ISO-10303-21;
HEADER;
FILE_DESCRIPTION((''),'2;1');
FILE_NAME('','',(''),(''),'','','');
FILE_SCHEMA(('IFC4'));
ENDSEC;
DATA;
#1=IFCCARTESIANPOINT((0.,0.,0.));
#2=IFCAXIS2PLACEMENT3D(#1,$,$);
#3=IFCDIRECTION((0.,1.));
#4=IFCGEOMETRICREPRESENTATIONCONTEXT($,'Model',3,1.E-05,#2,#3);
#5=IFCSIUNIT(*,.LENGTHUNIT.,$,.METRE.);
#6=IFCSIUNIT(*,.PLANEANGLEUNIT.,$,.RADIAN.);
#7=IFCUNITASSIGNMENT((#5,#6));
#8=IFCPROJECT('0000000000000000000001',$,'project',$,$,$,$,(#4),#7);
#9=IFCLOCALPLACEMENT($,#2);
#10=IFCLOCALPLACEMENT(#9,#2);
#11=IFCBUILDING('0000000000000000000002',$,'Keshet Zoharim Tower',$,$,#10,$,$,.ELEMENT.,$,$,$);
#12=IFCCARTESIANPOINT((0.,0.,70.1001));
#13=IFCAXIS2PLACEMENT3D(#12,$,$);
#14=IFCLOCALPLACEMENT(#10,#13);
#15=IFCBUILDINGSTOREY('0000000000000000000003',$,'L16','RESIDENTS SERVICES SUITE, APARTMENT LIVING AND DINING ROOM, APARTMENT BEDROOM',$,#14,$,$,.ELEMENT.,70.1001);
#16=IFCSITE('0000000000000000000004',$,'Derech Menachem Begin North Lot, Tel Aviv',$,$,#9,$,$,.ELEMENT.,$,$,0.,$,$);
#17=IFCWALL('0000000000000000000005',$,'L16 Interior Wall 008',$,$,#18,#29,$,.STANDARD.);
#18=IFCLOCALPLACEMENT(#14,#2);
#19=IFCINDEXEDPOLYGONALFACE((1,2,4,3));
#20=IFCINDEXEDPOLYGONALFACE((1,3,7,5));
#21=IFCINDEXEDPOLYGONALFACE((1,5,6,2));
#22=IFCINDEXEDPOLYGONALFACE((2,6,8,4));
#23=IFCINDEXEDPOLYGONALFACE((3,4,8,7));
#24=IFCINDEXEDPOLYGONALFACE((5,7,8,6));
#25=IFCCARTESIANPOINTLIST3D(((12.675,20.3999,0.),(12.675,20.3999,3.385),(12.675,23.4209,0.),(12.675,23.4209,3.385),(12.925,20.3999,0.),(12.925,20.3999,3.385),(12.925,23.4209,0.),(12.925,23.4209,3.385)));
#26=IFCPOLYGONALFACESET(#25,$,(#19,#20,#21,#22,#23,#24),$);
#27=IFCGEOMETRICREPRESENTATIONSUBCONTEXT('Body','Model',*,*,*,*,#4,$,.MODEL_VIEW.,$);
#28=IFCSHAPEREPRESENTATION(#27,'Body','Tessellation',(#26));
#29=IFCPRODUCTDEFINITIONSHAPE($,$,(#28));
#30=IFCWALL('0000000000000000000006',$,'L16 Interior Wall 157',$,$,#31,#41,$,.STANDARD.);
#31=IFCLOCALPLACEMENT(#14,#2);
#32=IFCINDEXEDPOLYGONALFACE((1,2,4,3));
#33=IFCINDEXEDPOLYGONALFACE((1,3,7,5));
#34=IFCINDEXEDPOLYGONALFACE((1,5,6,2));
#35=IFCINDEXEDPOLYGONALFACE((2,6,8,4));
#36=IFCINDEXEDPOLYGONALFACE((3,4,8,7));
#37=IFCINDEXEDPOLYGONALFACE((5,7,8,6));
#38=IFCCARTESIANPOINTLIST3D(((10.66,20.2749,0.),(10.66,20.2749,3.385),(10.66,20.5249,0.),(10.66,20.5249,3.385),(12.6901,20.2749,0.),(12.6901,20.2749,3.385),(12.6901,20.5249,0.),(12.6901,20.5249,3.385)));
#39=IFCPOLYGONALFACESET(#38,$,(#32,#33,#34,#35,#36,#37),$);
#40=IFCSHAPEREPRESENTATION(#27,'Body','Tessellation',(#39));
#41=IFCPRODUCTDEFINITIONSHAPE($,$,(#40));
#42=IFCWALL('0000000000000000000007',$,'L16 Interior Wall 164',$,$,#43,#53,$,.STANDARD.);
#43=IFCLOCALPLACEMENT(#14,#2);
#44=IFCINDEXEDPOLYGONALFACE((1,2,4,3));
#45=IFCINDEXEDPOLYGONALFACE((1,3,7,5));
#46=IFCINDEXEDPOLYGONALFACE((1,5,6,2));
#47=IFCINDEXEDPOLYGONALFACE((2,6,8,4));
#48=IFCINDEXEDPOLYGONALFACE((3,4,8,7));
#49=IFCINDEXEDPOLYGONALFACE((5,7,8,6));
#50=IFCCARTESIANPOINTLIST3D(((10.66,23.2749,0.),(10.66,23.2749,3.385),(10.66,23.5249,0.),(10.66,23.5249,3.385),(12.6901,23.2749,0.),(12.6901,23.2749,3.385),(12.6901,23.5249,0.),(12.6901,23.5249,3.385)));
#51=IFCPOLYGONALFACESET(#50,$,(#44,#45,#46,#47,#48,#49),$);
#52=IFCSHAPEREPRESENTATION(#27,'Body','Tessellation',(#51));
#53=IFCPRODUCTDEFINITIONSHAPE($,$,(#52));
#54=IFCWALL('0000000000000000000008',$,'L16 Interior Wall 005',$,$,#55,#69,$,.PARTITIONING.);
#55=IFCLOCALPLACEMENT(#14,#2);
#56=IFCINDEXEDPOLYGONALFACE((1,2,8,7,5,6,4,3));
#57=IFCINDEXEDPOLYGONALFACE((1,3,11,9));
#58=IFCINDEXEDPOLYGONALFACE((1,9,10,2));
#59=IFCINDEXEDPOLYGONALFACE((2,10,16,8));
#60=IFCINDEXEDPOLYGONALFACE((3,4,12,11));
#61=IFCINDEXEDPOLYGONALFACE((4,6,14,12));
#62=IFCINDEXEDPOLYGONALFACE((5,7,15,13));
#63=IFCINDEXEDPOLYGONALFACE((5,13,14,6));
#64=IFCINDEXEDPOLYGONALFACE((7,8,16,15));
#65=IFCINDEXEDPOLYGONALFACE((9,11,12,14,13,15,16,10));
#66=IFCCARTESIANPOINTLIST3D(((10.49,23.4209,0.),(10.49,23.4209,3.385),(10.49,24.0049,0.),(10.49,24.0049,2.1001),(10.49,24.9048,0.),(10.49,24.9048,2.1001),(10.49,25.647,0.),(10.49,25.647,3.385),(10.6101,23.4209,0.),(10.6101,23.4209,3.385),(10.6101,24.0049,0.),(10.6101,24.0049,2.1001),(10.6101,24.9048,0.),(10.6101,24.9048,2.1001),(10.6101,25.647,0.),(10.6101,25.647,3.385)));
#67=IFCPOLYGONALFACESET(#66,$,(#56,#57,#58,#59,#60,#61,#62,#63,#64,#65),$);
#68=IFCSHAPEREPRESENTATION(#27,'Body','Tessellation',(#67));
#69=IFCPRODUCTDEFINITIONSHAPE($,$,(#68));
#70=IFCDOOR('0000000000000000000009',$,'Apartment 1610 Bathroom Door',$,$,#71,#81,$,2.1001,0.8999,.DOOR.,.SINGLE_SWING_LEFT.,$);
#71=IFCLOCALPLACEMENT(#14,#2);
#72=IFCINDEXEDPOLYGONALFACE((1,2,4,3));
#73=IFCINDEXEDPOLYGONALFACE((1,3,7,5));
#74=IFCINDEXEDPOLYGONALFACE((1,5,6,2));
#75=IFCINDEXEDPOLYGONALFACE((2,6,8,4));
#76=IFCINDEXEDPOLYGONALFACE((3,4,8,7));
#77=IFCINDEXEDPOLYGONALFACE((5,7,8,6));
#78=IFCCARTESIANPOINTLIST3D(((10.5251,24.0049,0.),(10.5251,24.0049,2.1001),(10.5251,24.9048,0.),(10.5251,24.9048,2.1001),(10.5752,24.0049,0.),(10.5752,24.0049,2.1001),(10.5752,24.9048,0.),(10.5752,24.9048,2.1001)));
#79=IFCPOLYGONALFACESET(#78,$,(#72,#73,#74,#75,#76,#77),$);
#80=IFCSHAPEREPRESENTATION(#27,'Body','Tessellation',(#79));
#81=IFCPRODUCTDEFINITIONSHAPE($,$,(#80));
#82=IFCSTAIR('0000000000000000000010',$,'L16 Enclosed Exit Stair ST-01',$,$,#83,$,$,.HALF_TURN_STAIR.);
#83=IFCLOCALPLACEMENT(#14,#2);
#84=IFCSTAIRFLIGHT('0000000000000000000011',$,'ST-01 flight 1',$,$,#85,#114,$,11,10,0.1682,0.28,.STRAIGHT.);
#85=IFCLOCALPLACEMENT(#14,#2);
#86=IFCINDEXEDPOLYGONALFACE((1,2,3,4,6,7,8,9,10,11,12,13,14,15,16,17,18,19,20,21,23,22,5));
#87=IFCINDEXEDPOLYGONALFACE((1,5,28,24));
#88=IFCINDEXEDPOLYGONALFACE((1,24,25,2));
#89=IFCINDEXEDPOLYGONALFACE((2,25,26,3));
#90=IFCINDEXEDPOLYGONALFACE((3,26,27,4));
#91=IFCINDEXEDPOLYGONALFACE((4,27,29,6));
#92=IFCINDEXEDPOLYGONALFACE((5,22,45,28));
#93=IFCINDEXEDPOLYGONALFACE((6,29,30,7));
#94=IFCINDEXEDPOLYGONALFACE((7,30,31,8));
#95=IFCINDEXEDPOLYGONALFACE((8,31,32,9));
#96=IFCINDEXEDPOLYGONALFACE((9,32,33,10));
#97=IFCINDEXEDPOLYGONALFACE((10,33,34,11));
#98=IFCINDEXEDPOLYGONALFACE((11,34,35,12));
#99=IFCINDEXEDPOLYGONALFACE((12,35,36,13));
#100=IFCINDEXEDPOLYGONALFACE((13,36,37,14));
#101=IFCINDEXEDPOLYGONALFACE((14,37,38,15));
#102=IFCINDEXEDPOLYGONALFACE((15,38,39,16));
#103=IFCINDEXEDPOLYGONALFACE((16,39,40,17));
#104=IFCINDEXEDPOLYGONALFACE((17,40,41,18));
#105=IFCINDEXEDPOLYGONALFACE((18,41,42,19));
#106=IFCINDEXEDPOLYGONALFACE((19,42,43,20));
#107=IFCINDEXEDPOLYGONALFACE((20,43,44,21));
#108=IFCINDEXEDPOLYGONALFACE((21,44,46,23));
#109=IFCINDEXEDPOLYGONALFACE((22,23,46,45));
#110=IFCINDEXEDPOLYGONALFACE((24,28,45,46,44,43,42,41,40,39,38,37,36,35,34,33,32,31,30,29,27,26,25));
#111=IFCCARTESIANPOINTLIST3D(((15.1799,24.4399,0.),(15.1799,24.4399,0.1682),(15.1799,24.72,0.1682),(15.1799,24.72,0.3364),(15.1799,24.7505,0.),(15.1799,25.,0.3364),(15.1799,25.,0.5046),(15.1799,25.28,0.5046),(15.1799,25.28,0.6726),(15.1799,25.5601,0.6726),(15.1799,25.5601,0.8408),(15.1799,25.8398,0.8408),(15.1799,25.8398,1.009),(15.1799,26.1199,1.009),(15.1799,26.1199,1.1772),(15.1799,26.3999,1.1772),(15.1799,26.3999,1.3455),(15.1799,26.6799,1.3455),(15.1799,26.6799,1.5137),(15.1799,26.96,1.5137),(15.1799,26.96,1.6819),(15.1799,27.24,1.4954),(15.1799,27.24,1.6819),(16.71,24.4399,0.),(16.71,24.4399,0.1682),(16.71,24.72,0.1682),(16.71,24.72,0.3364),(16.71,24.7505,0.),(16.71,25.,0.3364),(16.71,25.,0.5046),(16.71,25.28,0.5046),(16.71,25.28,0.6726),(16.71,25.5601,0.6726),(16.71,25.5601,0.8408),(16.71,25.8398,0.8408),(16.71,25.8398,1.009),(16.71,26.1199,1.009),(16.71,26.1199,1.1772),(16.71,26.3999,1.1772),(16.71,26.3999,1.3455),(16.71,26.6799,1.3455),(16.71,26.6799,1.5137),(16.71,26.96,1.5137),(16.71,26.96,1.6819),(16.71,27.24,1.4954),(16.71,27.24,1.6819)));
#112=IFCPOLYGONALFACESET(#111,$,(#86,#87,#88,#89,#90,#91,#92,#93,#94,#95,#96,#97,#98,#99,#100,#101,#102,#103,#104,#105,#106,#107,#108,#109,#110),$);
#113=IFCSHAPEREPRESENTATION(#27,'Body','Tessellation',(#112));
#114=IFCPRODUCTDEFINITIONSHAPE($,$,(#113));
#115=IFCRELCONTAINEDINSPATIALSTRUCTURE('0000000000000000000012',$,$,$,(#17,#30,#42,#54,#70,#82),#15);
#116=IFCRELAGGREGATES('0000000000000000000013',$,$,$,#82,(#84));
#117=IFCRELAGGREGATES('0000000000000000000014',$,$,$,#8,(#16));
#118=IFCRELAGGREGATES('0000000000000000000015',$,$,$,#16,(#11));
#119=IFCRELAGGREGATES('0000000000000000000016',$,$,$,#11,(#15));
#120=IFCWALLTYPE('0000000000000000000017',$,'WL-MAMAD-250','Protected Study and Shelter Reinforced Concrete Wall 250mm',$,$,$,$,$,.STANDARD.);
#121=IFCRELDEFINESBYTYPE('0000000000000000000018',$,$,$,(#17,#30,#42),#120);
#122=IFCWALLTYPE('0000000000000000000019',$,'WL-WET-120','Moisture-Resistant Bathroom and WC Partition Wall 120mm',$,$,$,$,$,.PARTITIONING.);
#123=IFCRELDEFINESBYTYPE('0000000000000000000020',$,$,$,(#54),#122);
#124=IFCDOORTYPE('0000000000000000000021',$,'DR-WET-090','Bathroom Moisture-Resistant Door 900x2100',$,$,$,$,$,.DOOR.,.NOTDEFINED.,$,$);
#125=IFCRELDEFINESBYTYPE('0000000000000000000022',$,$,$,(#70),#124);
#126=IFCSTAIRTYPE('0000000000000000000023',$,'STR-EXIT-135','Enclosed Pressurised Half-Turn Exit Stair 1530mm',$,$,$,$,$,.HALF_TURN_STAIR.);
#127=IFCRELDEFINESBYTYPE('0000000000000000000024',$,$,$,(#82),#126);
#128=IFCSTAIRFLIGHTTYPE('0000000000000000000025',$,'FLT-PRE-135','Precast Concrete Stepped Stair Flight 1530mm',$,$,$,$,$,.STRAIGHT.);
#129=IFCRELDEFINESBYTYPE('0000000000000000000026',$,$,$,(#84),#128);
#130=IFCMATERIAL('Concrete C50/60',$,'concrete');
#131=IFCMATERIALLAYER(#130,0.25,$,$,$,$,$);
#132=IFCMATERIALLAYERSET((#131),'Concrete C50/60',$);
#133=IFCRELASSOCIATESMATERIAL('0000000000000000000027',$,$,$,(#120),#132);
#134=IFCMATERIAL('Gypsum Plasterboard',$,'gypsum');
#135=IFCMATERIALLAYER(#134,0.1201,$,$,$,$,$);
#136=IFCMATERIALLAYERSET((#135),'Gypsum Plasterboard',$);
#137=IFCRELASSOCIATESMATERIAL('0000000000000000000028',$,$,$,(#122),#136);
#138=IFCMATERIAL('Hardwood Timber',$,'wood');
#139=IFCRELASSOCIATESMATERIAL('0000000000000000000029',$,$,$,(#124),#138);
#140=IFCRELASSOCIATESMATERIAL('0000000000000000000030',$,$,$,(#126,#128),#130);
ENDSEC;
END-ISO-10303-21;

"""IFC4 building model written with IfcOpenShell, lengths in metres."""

from ifc_helpers import new_model, si_unit, direction, frame, frame_2d, origin, place, context, subcontext, project, spatial, polyline, rectangle, outline, extrude, material, layer, layer_set, type_object, element, fill, aggregate, save


model = new_model("IFC4")

# Units and contexts
model_context = context("Model", 3, precision=1e-05, world=origin(), true_north=direction((0.0, 1.0)))
body_context = subcontext(model_context, "Body", "Model", "MODEL_VIEW")
ifc_project = project(units=[si_unit("LENGTHUNIT", "METRE"), si_unit("PLANEANGLEUNIT", "RADIAN")], contexts=[model_context])

# Site, building, storey
site_placement = place(None, origin())
site = spatial("IfcSite", under=ifc_project, at=site_placement, Name="Derech Menachem Begin North Lot, Tel Aviv", CompositionType="ELEMENT", RefElevation=0.0)
building_placement = place(site_placement, origin())
building = spatial("IfcBuilding", under=site, at=building_placement, Name="Keshet Zoharim Tower", CompositionType="ELEMENT")
storey_placement = place(building_placement, frame((0.0, 0.0, 70.1001)))
storey = spatial("IfcBuildingStorey", under=building, at=storey_placement, Name="L16", Description="RESIDENTS SERVICES SUITE, APARTMENT LIVING AND DINING ROOM, APARTMENT BEDROOM", CompositionType="ELEMENT", Elevation=70.1001)

# Shared definitions
ifc_material_1 = material(Name="Hardwood Timber", Category="wood")

# Shared definitions
ifc_material_2 = material(Name="Gypsum Plasterboard", Category="gypsum")

# Shared definitions
ifc_material_3 = material(Name="Concrete C50/60", Category="concrete")
ifc_layer_1 = layer(ifc_material_3, 0.25)
ifc_layer_set_1 = layer_set([ifc_layer_1], Name="Concrete C50/60")
wall_type_1 = type_object("IfcWallType", Name="WL-MAMAD-250", Description="Protected Study and Shelter Reinforced Concrete Wall 250mm", PredefinedType="STANDARD", material=ifc_layer_set_1)

# Walls
wall_1_placement = place(storey_placement, frame((12.8, 20.3999, 0.0), z_axis=(0.0, 0.0, 1.0), x_axis=(0.0, 1.0, 0.0)))
element("IfcWall", 1, at=wall_1_placement, inside=storey, type_object=wall_type_1, Name="L16 Interior Wall 008", PredefinedType="STANDARD", context=body_context, shape_type="SweptSolid", body=[
    extrude(rectangle(XDim=3.021, YDim=0.25, at=frame_2d((1.5105, 0.0))), origin(), (0.0, 0.0, 1.0), 3.385),
])
for number, where, z_axis, x_axis, name in (
    (2, (10.6599, 20.3999, 0.0), (0.0, 0.0, 1.0), (1.0, 0.0, 0.0), "L16 Interior Wall 157"),
    (3, (10.6599, 23.3999, 0.0), (0.0, 0.0, 1.0), (1.0, 0.0, 0.0), "L16 Interior Wall 164"),
):
    element("IfcWall", number, at=place(storey_placement, frame(where, z_axis=z_axis, x_axis=x_axis)), inside=storey, type_object=wall_type_1, Name=name, PredefinedType="STANDARD", context=body_context, shape_type="SweptSolid", body=[
        extrude(rectangle(XDim=2.03, YDim=0.25, at=frame_2d((1.0151, 0.0))), origin(), (0.0, 0.0, 1.0), 3.385),
    ])

# Wall, opening, door
ifc_layer_2 = layer(ifc_material_2, 0.1201)
ifc_layer_set_2 = layer_set([ifc_layer_2], Name="Gypsum Plasterboard")
wall_type_2 = type_object("IfcWallType", Name="WL-WET-120", Description="Moisture-Resistant Bathroom and WC Partition Wall 120mm", PredefinedType="PARTITIONING", material=ifc_layer_set_2)
wall_2_placement = place(storey_placement, frame((10.55, 23.4209, 0.0), z_axis=(0.0, 0.0, 1.0), x_axis=(0.0, 1.0, 0.0)))
wall_2 = element("IfcWall", 4, at=wall_2_placement, inside=storey, type_object=wall_type_2, Name="L16 Interior Wall 005", PredefinedType="PARTITIONING", context=body_context, shape_type="SweptSolid", body=[
    extrude(rectangle(XDim=2.2261, YDim=0.1201, at=frame_2d((1.113, 0.0))), origin(), (0.0, 0.0, 1.0), 3.385),
])
opening_1_placement = place(wall_2_placement, frame((0.584, 0.0, 0.0)))
opening_1 = element("IfcOpeningElement", 5, at=opening_1_placement, cuts=wall_2, PredefinedType="OPENING", context=body_context, shape_type="SweptSolid", body=[
    extrude(rectangle(XDim=0.8999, YDim=2.1001, at=frame_2d((0.45, 1.05))), frame((0.0, 0.0701, 0.0), z_axis=(0.0, -1.0, 0.0), x_axis=(1.0, 0.0, 0.0)), (0.0, 0.0, 1.0), 0.1401),
])
door_type_1 = type_object("IfcDoorType", Name="DR-WET-090", Description="Bathroom Moisture-Resistant Door 900x2100", OperationType="NOTDEFINED", PredefinedType="DOOR", material=ifc_material_1)
door_1_placement = place(opening_1_placement, origin())
door_1 = element("IfcDoor", 6, at=door_1_placement, inside=storey, type_object=door_type_1, Name="Apartment 1610 Bathroom Door", OperationType="SINGLE_SWING_LEFT", OverallHeight=2.1001, OverallWidth=0.8999, PredefinedType="DOOR", context=body_context, shape_type="SweptSolid", body=[
    extrude(rectangle(XDim=0.8999, YDim=2.1001, at=frame_2d((0.45, 1.05))), frame((0.0, 0.0249, 0.0), z_axis=(0.0, -1.0, 0.0), x_axis=(1.0, 0.0, 0.0)), (0.0, 0.0, 1.0), 0.05),
])
fill(opening_1, door_1)

# Stair, stair flight
stair_type = type_object("IfcStairType", Name="STR-EXIT-135", Description="Enclosed Pressurised Half-Turn Exit Stair 1530mm", PredefinedType="HALF_TURN_STAIR", material=ifc_material_3)
stair_placement = place(storey_placement, origin())
stair = element("IfcStair", 7, at=stair_placement, inside=storey, type_object=stair_type, Name="L16 Enclosed Exit Stair ST-01", PredefinedType="HALF_TURN_STAIR")
stair_flight_type = type_object("IfcStairFlightType", Name="FLT-PRE-135", Description="Precast Concrete Stepped Stair Flight 1530mm", PredefinedType="STRAIGHT", material=ifc_material_3)
stair_flight_placement = place(storey_placement, frame((15.9451, 24.4399, 0.0), z_axis=(0.0, 0.0, 1.0), x_axis=(0.0, 1.0, 0.0)))
stair_flight = element("IfcStairFlight", 8, at=stair_flight_placement, type_object=stair_flight_type, Name="ST-01 flight 1", NumberOfRisers=11, NumberOfTreads=10, PredefinedType="STRAIGHT", RiserHeight=0.1682, TreadLength=0.28, context=body_context, shape_type="SweptSolid", body=[
    extrude(outline(polyline([(0.0, 0.0), (0.0, 0.1682), (0.28, 0.1682), (0.28, 0.3364), (0.5601, 0.3364), (0.5601, 0.5046), (0.8401, 0.5046), (0.8401, 0.6726), (1.1201, 0.6726), (1.1201, 0.8408), (1.3999, 0.8408), (1.3999, 1.009), (1.6799, 1.009), (1.6799, 1.1772), (1.96, 1.1772), (1.96, 1.3455), (2.24, 1.3455), (2.24, 1.5137), (2.52, 1.5137), (2.52, 1.6819), (2.8, 1.6819), (2.8, 1.8501), (2.8, 1.4954), (0.3105, 0.0), (0.0, 0.0)])), frame((0.0, 0.7651, 0.0), z_axis=(0.0, -1.0, 0.0), x_axis=(1.0, 0.0, 0.0)), (0.0, 0.0, 1.0), 1.53),
])
aggregate(stair, [stair_flight])

save(model, "model.ifc")
